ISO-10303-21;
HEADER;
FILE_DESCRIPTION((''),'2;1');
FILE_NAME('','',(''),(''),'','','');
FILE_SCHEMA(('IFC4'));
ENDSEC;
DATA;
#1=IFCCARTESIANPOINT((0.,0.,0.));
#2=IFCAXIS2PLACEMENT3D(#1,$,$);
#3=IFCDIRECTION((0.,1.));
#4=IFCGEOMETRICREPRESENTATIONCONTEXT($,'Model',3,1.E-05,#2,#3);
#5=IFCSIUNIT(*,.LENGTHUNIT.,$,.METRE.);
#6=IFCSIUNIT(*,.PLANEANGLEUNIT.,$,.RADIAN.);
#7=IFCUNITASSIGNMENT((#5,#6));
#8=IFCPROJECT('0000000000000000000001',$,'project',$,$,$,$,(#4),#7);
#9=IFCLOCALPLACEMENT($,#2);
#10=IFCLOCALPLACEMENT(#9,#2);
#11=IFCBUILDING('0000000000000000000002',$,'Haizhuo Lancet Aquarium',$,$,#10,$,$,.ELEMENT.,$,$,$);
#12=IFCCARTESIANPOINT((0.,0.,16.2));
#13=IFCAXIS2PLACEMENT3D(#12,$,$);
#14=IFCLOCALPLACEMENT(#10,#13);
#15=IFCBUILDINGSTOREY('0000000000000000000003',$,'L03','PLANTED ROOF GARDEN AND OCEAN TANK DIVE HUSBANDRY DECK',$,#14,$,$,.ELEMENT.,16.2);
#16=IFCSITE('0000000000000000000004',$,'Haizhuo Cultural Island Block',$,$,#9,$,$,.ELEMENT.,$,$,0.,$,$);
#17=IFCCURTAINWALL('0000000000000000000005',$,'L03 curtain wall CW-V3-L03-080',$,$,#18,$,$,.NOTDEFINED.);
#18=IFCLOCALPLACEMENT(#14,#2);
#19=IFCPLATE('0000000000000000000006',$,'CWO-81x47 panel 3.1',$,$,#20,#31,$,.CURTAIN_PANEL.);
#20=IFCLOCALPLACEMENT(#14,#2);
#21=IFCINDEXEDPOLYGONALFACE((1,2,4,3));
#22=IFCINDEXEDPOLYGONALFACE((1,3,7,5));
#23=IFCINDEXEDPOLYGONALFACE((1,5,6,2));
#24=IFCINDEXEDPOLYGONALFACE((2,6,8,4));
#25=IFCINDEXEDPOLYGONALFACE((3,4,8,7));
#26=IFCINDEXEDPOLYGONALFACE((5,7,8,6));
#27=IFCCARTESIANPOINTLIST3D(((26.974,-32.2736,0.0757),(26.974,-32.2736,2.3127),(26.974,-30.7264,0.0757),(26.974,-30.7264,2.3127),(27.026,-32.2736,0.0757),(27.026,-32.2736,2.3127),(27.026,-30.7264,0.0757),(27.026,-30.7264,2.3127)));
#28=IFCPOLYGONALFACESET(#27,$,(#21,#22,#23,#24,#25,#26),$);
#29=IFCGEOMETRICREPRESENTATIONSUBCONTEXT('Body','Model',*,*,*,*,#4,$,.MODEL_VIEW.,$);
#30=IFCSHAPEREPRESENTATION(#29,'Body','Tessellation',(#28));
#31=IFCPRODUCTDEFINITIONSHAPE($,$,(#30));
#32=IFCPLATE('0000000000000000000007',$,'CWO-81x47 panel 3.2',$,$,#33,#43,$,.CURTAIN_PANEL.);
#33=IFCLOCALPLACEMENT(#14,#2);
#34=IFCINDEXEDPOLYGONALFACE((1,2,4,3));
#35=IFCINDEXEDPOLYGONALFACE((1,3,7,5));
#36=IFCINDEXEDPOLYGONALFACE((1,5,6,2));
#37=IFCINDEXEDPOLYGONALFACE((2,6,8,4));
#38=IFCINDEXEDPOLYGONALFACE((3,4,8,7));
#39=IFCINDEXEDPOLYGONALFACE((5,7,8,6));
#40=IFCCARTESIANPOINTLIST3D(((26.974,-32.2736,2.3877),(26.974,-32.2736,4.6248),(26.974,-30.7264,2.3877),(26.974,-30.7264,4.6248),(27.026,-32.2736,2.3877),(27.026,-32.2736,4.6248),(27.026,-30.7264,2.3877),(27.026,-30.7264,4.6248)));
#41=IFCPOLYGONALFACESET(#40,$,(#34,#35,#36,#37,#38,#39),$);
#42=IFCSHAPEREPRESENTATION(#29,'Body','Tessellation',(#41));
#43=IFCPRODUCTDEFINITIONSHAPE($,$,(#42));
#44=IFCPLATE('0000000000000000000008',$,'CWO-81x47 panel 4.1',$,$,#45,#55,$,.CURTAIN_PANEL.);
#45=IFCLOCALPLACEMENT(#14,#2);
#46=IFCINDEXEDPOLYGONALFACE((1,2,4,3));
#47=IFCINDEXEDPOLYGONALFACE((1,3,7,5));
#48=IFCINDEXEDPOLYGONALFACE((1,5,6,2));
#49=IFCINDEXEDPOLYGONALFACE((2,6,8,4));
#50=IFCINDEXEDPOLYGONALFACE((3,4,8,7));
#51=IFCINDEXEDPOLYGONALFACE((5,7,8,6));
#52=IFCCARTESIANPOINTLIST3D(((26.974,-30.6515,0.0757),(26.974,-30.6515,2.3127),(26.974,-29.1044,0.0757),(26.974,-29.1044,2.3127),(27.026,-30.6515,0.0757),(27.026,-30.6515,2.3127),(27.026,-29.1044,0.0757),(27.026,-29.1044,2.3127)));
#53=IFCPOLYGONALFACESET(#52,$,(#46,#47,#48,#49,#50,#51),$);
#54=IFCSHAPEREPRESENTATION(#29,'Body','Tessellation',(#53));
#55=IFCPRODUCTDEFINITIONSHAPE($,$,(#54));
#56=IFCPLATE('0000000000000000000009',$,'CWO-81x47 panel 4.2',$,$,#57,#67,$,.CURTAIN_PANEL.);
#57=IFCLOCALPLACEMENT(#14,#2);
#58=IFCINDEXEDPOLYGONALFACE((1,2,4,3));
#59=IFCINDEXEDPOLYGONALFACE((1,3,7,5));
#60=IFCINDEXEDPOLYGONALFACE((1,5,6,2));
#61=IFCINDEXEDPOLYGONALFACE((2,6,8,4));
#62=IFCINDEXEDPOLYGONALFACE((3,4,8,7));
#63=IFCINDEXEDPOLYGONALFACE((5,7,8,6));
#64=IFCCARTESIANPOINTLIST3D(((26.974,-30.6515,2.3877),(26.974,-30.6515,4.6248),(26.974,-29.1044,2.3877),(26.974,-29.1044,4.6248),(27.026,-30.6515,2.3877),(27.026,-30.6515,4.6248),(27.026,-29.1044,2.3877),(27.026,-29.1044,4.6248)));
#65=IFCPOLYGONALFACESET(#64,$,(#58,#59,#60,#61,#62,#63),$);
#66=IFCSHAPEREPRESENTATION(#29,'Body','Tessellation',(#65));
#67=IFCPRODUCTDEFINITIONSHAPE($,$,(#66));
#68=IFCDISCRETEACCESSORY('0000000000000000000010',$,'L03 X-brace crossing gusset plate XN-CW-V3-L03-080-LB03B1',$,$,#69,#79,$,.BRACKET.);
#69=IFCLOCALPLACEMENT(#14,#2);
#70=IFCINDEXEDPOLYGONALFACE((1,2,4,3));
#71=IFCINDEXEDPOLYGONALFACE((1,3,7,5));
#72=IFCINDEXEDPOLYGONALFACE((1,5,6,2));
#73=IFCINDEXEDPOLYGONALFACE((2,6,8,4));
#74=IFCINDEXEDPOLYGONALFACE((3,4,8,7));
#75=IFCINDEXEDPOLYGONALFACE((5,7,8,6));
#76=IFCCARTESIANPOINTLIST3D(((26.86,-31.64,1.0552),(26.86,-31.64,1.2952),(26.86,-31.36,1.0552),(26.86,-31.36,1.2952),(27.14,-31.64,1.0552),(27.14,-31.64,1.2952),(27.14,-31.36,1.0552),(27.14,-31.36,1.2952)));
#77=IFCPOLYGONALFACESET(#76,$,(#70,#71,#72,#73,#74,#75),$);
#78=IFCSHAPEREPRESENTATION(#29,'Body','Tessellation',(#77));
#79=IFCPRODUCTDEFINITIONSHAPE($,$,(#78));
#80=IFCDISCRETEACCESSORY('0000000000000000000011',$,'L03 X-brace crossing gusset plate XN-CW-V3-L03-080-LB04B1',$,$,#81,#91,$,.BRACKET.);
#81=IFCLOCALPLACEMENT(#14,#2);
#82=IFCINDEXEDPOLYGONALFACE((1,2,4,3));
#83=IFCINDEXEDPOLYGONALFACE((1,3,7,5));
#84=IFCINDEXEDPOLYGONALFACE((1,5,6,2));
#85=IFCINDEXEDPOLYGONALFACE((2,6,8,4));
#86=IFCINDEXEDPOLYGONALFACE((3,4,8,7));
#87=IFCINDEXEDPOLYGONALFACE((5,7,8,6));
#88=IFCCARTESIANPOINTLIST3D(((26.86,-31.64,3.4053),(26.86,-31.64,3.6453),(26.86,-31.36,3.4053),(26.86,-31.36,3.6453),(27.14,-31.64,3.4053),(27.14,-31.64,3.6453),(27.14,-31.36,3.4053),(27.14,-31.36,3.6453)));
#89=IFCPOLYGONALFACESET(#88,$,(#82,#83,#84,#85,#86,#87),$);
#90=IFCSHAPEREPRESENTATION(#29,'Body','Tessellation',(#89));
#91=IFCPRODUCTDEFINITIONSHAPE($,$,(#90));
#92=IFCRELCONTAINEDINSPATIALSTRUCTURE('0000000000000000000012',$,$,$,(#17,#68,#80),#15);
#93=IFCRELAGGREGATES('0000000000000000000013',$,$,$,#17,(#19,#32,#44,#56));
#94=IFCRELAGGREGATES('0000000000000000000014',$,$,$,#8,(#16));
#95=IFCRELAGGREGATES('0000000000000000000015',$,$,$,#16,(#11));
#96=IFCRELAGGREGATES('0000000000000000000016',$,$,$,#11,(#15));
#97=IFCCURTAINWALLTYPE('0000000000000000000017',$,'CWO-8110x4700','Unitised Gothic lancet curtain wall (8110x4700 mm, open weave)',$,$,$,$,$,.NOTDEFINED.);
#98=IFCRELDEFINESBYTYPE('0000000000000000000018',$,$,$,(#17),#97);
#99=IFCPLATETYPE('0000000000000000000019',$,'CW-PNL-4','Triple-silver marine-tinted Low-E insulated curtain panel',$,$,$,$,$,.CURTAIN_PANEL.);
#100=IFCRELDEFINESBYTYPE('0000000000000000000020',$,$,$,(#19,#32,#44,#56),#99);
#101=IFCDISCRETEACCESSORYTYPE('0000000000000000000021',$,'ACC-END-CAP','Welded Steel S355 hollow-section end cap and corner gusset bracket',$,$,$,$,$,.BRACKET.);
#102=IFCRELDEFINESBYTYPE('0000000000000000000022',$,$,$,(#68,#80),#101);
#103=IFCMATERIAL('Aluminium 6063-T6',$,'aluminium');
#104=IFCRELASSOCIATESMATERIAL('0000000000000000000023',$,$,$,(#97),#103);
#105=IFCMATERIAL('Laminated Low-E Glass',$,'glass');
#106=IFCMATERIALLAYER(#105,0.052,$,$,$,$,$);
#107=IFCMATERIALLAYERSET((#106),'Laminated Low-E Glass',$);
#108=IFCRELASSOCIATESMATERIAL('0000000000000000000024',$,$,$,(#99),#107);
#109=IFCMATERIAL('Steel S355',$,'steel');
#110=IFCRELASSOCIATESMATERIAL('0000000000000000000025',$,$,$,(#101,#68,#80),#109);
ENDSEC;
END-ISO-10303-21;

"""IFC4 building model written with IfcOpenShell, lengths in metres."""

from ifc_helpers import new_model, si_unit, direction, frame, origin, origin_2d, place, context, subcontext, project, spatial, rectangle, extrude, material, layer, layer_set, type_object, element, aggregate, save


model = new_model("IFC4")

# Units and contexts
model_context = context("Model", 3, precision=1e-05, world=origin(), true_north=direction((0.0, 1.0)))
body_context = subcontext(model_context, "Body", "Model", "MODEL_VIEW")
ifc_project = project(units=[si_unit("LENGTHUNIT", "METRE"), si_unit("PLANEANGLEUNIT", "RADIAN")], contexts=[model_context])

# Site, building, storey
site_placement = place(None, origin())
site = spatial("IfcSite", under=ifc_project, at=site_placement, Name="Haizhuo Cultural Island Block", CompositionType="ELEMENT", RefElevation=0.0)
building_placement = place(site_placement, origin())
building = spatial("IfcBuilding", under=site, at=building_placement, Name="Haizhuo Lancet Aquarium", CompositionType="ELEMENT")
storey_placement = place(building_placement, frame((0.0, 0.0, 16.2)))
storey = spatial("IfcBuildingStorey", under=building, at=storey_placement, Name="L03", Description="PLANTED ROOF GARDEN AND OCEAN TANK DIVE HUSBANDRY DECK", CompositionType="ELEMENT", Elevation=16.2)

# Curtain wall
ifc_material_1 = material(Name="Aluminium 6063-T6", Category="aluminium")
curtain_wall_type = type_object("IfcCurtainWallType", Name="CWO-8110x4700", Description="Unitised Gothic lancet curtain wall (8110x4700 mm, open weave)", PredefinedType="NOTDEFINED", material=ifc_material_1)
curtain_wall_placement = place(storey_placement, origin())
curtain_wall = element("IfcCurtainWall", 1, at=curtain_wall_placement, inside=storey, type_object=curtain_wall_type, Name="L03 curtain wall CW-V3-L03-080", PredefinedType="NOTDEFINED")

# Shared definitions
ifc_material_2 = material(Name="Steel S355", Category="steel")

# Plates
ifc_material_3 = material(Name="Laminated Low-E Glass", Category="glass")
ifc_layer = layer(ifc_material_3, 0.052)
ifc_layer_set = layer_set([ifc_layer], Name="Laminated Low-E Glass")
plate_type = type_object("IfcPlateType", Name="CW-PNL-4", Description="Triple-silver marine-tinted Low-E insulated curtain panel", PredefinedType="CURTAIN_PANEL", material=ifc_layer_set)
plate_1_placement = place(storey_placement, frame((27.0, -31.5, 0.0757), z_axis=(0.0, 0.0, 1.0), x_axis=(0.0, 1.0, 0.0)))
plate_1 = element("IfcPlate", 2, at=plate_1_placement, type_object=plate_type, Name="CWO-81x47 panel 3.1", PredefinedType="CURTAIN_PANEL", context=body_context, shape_type="SweptSolid", body=[
    extrude(rectangle(XDim=1.5471, YDim=0.052, at=origin_2d()), origin(), (0.0, 0.0, 1.0), 2.2371),
])
plate_2_placement = place(storey_placement, frame((27.0, -31.5, 2.3877), z_axis=(0.0, 0.0, 1.0), x_axis=(0.0, 1.0, 0.0)))
plate_2 = element("IfcPlate", 3, at=plate_2_placement, type_object=plate_type, Name="CWO-81x47 panel 3.2", PredefinedType="CURTAIN_PANEL", context=body_context, shape_type="SweptSolid", body=[
    extrude(rectangle(XDim=1.5471, YDim=0.052, at=origin_2d()), origin(), (0.0, 0.0, 1.0), 2.2371),
])
plate_3_placement = place(storey_placement, frame((27.0, -29.8779, 0.0757), z_axis=(0.0, 0.0, 1.0), x_axis=(0.0, 1.0, 0.0)))
plate_3 = element("IfcPlate", 4, at=plate_3_placement, type_object=plate_type, Name="CWO-81x47 panel 4.1", PredefinedType="CURTAIN_PANEL", context=body_context, shape_type="SweptSolid", body=[
    extrude(rectangle(XDim=1.5471, YDim=0.052, at=origin_2d()), origin(), (0.0, 0.0, 1.0), 2.2371),
])
plate_4_placement = place(storey_placement, frame((27.0, -29.8779, 2.3877), z_axis=(0.0, 0.0, 1.0), x_axis=(0.0, 1.0, 0.0)))
plate_4 = element("IfcPlate", 5, at=plate_4_placement, type_object=plate_type, Name="CWO-81x47 panel 4.2", PredefinedType="CURTAIN_PANEL", context=body_context, shape_type="SweptSolid", body=[
    extrude(rectangle(XDim=1.5471, YDim=0.052, at=origin_2d()), origin(), (0.0, 0.0, 1.0), 2.2371),
])
aggregate(curtain_wall, [plate_1, plate_2, plate_3, plate_4])

# Discrete accessories
discrete_accessory_type = type_object("IfcDiscreteAccessoryType", Name="ACC-END-CAP", Description="Welded Steel S355 hollow-section end cap and corner gusset bracket", PredefinedType="BRACKET", material=ifc_material_2)
for number, where, z_axis, x_axis, name in (
    (6, (27.0, -31.5, 1.0552), (0.0, 0.0, 1.0), (1.0, 0.0, 0.0), "L03 X-brace crossing gusset plate XN-CW-V3-L03-080-LB03B1"),
    (7, (27.0, -31.5, 3.4053), (0.0, 0.0, 1.0), (1.0, 0.0, 0.0), "L03 X-brace crossing gusset plate XN-CW-V3-L03-080-LB04B1"),
):
    element("IfcDiscreteAccessory", number, at=place(storey_placement, frame(where, z_axis=z_axis, x_axis=x_axis)), inside=storey, type_object=discrete_accessory_type, material=ifc_material_2, Name=name, PredefinedType="BRACKET", context=body_context, shape_type="SweptSolid", body=[
        extrude(rectangle(XDim=0.28, YDim=0.28, at=origin_2d()), origin(), (0.0, 0.0, 1.0), 0.24),
    ])

save(model, "model.ifc")
